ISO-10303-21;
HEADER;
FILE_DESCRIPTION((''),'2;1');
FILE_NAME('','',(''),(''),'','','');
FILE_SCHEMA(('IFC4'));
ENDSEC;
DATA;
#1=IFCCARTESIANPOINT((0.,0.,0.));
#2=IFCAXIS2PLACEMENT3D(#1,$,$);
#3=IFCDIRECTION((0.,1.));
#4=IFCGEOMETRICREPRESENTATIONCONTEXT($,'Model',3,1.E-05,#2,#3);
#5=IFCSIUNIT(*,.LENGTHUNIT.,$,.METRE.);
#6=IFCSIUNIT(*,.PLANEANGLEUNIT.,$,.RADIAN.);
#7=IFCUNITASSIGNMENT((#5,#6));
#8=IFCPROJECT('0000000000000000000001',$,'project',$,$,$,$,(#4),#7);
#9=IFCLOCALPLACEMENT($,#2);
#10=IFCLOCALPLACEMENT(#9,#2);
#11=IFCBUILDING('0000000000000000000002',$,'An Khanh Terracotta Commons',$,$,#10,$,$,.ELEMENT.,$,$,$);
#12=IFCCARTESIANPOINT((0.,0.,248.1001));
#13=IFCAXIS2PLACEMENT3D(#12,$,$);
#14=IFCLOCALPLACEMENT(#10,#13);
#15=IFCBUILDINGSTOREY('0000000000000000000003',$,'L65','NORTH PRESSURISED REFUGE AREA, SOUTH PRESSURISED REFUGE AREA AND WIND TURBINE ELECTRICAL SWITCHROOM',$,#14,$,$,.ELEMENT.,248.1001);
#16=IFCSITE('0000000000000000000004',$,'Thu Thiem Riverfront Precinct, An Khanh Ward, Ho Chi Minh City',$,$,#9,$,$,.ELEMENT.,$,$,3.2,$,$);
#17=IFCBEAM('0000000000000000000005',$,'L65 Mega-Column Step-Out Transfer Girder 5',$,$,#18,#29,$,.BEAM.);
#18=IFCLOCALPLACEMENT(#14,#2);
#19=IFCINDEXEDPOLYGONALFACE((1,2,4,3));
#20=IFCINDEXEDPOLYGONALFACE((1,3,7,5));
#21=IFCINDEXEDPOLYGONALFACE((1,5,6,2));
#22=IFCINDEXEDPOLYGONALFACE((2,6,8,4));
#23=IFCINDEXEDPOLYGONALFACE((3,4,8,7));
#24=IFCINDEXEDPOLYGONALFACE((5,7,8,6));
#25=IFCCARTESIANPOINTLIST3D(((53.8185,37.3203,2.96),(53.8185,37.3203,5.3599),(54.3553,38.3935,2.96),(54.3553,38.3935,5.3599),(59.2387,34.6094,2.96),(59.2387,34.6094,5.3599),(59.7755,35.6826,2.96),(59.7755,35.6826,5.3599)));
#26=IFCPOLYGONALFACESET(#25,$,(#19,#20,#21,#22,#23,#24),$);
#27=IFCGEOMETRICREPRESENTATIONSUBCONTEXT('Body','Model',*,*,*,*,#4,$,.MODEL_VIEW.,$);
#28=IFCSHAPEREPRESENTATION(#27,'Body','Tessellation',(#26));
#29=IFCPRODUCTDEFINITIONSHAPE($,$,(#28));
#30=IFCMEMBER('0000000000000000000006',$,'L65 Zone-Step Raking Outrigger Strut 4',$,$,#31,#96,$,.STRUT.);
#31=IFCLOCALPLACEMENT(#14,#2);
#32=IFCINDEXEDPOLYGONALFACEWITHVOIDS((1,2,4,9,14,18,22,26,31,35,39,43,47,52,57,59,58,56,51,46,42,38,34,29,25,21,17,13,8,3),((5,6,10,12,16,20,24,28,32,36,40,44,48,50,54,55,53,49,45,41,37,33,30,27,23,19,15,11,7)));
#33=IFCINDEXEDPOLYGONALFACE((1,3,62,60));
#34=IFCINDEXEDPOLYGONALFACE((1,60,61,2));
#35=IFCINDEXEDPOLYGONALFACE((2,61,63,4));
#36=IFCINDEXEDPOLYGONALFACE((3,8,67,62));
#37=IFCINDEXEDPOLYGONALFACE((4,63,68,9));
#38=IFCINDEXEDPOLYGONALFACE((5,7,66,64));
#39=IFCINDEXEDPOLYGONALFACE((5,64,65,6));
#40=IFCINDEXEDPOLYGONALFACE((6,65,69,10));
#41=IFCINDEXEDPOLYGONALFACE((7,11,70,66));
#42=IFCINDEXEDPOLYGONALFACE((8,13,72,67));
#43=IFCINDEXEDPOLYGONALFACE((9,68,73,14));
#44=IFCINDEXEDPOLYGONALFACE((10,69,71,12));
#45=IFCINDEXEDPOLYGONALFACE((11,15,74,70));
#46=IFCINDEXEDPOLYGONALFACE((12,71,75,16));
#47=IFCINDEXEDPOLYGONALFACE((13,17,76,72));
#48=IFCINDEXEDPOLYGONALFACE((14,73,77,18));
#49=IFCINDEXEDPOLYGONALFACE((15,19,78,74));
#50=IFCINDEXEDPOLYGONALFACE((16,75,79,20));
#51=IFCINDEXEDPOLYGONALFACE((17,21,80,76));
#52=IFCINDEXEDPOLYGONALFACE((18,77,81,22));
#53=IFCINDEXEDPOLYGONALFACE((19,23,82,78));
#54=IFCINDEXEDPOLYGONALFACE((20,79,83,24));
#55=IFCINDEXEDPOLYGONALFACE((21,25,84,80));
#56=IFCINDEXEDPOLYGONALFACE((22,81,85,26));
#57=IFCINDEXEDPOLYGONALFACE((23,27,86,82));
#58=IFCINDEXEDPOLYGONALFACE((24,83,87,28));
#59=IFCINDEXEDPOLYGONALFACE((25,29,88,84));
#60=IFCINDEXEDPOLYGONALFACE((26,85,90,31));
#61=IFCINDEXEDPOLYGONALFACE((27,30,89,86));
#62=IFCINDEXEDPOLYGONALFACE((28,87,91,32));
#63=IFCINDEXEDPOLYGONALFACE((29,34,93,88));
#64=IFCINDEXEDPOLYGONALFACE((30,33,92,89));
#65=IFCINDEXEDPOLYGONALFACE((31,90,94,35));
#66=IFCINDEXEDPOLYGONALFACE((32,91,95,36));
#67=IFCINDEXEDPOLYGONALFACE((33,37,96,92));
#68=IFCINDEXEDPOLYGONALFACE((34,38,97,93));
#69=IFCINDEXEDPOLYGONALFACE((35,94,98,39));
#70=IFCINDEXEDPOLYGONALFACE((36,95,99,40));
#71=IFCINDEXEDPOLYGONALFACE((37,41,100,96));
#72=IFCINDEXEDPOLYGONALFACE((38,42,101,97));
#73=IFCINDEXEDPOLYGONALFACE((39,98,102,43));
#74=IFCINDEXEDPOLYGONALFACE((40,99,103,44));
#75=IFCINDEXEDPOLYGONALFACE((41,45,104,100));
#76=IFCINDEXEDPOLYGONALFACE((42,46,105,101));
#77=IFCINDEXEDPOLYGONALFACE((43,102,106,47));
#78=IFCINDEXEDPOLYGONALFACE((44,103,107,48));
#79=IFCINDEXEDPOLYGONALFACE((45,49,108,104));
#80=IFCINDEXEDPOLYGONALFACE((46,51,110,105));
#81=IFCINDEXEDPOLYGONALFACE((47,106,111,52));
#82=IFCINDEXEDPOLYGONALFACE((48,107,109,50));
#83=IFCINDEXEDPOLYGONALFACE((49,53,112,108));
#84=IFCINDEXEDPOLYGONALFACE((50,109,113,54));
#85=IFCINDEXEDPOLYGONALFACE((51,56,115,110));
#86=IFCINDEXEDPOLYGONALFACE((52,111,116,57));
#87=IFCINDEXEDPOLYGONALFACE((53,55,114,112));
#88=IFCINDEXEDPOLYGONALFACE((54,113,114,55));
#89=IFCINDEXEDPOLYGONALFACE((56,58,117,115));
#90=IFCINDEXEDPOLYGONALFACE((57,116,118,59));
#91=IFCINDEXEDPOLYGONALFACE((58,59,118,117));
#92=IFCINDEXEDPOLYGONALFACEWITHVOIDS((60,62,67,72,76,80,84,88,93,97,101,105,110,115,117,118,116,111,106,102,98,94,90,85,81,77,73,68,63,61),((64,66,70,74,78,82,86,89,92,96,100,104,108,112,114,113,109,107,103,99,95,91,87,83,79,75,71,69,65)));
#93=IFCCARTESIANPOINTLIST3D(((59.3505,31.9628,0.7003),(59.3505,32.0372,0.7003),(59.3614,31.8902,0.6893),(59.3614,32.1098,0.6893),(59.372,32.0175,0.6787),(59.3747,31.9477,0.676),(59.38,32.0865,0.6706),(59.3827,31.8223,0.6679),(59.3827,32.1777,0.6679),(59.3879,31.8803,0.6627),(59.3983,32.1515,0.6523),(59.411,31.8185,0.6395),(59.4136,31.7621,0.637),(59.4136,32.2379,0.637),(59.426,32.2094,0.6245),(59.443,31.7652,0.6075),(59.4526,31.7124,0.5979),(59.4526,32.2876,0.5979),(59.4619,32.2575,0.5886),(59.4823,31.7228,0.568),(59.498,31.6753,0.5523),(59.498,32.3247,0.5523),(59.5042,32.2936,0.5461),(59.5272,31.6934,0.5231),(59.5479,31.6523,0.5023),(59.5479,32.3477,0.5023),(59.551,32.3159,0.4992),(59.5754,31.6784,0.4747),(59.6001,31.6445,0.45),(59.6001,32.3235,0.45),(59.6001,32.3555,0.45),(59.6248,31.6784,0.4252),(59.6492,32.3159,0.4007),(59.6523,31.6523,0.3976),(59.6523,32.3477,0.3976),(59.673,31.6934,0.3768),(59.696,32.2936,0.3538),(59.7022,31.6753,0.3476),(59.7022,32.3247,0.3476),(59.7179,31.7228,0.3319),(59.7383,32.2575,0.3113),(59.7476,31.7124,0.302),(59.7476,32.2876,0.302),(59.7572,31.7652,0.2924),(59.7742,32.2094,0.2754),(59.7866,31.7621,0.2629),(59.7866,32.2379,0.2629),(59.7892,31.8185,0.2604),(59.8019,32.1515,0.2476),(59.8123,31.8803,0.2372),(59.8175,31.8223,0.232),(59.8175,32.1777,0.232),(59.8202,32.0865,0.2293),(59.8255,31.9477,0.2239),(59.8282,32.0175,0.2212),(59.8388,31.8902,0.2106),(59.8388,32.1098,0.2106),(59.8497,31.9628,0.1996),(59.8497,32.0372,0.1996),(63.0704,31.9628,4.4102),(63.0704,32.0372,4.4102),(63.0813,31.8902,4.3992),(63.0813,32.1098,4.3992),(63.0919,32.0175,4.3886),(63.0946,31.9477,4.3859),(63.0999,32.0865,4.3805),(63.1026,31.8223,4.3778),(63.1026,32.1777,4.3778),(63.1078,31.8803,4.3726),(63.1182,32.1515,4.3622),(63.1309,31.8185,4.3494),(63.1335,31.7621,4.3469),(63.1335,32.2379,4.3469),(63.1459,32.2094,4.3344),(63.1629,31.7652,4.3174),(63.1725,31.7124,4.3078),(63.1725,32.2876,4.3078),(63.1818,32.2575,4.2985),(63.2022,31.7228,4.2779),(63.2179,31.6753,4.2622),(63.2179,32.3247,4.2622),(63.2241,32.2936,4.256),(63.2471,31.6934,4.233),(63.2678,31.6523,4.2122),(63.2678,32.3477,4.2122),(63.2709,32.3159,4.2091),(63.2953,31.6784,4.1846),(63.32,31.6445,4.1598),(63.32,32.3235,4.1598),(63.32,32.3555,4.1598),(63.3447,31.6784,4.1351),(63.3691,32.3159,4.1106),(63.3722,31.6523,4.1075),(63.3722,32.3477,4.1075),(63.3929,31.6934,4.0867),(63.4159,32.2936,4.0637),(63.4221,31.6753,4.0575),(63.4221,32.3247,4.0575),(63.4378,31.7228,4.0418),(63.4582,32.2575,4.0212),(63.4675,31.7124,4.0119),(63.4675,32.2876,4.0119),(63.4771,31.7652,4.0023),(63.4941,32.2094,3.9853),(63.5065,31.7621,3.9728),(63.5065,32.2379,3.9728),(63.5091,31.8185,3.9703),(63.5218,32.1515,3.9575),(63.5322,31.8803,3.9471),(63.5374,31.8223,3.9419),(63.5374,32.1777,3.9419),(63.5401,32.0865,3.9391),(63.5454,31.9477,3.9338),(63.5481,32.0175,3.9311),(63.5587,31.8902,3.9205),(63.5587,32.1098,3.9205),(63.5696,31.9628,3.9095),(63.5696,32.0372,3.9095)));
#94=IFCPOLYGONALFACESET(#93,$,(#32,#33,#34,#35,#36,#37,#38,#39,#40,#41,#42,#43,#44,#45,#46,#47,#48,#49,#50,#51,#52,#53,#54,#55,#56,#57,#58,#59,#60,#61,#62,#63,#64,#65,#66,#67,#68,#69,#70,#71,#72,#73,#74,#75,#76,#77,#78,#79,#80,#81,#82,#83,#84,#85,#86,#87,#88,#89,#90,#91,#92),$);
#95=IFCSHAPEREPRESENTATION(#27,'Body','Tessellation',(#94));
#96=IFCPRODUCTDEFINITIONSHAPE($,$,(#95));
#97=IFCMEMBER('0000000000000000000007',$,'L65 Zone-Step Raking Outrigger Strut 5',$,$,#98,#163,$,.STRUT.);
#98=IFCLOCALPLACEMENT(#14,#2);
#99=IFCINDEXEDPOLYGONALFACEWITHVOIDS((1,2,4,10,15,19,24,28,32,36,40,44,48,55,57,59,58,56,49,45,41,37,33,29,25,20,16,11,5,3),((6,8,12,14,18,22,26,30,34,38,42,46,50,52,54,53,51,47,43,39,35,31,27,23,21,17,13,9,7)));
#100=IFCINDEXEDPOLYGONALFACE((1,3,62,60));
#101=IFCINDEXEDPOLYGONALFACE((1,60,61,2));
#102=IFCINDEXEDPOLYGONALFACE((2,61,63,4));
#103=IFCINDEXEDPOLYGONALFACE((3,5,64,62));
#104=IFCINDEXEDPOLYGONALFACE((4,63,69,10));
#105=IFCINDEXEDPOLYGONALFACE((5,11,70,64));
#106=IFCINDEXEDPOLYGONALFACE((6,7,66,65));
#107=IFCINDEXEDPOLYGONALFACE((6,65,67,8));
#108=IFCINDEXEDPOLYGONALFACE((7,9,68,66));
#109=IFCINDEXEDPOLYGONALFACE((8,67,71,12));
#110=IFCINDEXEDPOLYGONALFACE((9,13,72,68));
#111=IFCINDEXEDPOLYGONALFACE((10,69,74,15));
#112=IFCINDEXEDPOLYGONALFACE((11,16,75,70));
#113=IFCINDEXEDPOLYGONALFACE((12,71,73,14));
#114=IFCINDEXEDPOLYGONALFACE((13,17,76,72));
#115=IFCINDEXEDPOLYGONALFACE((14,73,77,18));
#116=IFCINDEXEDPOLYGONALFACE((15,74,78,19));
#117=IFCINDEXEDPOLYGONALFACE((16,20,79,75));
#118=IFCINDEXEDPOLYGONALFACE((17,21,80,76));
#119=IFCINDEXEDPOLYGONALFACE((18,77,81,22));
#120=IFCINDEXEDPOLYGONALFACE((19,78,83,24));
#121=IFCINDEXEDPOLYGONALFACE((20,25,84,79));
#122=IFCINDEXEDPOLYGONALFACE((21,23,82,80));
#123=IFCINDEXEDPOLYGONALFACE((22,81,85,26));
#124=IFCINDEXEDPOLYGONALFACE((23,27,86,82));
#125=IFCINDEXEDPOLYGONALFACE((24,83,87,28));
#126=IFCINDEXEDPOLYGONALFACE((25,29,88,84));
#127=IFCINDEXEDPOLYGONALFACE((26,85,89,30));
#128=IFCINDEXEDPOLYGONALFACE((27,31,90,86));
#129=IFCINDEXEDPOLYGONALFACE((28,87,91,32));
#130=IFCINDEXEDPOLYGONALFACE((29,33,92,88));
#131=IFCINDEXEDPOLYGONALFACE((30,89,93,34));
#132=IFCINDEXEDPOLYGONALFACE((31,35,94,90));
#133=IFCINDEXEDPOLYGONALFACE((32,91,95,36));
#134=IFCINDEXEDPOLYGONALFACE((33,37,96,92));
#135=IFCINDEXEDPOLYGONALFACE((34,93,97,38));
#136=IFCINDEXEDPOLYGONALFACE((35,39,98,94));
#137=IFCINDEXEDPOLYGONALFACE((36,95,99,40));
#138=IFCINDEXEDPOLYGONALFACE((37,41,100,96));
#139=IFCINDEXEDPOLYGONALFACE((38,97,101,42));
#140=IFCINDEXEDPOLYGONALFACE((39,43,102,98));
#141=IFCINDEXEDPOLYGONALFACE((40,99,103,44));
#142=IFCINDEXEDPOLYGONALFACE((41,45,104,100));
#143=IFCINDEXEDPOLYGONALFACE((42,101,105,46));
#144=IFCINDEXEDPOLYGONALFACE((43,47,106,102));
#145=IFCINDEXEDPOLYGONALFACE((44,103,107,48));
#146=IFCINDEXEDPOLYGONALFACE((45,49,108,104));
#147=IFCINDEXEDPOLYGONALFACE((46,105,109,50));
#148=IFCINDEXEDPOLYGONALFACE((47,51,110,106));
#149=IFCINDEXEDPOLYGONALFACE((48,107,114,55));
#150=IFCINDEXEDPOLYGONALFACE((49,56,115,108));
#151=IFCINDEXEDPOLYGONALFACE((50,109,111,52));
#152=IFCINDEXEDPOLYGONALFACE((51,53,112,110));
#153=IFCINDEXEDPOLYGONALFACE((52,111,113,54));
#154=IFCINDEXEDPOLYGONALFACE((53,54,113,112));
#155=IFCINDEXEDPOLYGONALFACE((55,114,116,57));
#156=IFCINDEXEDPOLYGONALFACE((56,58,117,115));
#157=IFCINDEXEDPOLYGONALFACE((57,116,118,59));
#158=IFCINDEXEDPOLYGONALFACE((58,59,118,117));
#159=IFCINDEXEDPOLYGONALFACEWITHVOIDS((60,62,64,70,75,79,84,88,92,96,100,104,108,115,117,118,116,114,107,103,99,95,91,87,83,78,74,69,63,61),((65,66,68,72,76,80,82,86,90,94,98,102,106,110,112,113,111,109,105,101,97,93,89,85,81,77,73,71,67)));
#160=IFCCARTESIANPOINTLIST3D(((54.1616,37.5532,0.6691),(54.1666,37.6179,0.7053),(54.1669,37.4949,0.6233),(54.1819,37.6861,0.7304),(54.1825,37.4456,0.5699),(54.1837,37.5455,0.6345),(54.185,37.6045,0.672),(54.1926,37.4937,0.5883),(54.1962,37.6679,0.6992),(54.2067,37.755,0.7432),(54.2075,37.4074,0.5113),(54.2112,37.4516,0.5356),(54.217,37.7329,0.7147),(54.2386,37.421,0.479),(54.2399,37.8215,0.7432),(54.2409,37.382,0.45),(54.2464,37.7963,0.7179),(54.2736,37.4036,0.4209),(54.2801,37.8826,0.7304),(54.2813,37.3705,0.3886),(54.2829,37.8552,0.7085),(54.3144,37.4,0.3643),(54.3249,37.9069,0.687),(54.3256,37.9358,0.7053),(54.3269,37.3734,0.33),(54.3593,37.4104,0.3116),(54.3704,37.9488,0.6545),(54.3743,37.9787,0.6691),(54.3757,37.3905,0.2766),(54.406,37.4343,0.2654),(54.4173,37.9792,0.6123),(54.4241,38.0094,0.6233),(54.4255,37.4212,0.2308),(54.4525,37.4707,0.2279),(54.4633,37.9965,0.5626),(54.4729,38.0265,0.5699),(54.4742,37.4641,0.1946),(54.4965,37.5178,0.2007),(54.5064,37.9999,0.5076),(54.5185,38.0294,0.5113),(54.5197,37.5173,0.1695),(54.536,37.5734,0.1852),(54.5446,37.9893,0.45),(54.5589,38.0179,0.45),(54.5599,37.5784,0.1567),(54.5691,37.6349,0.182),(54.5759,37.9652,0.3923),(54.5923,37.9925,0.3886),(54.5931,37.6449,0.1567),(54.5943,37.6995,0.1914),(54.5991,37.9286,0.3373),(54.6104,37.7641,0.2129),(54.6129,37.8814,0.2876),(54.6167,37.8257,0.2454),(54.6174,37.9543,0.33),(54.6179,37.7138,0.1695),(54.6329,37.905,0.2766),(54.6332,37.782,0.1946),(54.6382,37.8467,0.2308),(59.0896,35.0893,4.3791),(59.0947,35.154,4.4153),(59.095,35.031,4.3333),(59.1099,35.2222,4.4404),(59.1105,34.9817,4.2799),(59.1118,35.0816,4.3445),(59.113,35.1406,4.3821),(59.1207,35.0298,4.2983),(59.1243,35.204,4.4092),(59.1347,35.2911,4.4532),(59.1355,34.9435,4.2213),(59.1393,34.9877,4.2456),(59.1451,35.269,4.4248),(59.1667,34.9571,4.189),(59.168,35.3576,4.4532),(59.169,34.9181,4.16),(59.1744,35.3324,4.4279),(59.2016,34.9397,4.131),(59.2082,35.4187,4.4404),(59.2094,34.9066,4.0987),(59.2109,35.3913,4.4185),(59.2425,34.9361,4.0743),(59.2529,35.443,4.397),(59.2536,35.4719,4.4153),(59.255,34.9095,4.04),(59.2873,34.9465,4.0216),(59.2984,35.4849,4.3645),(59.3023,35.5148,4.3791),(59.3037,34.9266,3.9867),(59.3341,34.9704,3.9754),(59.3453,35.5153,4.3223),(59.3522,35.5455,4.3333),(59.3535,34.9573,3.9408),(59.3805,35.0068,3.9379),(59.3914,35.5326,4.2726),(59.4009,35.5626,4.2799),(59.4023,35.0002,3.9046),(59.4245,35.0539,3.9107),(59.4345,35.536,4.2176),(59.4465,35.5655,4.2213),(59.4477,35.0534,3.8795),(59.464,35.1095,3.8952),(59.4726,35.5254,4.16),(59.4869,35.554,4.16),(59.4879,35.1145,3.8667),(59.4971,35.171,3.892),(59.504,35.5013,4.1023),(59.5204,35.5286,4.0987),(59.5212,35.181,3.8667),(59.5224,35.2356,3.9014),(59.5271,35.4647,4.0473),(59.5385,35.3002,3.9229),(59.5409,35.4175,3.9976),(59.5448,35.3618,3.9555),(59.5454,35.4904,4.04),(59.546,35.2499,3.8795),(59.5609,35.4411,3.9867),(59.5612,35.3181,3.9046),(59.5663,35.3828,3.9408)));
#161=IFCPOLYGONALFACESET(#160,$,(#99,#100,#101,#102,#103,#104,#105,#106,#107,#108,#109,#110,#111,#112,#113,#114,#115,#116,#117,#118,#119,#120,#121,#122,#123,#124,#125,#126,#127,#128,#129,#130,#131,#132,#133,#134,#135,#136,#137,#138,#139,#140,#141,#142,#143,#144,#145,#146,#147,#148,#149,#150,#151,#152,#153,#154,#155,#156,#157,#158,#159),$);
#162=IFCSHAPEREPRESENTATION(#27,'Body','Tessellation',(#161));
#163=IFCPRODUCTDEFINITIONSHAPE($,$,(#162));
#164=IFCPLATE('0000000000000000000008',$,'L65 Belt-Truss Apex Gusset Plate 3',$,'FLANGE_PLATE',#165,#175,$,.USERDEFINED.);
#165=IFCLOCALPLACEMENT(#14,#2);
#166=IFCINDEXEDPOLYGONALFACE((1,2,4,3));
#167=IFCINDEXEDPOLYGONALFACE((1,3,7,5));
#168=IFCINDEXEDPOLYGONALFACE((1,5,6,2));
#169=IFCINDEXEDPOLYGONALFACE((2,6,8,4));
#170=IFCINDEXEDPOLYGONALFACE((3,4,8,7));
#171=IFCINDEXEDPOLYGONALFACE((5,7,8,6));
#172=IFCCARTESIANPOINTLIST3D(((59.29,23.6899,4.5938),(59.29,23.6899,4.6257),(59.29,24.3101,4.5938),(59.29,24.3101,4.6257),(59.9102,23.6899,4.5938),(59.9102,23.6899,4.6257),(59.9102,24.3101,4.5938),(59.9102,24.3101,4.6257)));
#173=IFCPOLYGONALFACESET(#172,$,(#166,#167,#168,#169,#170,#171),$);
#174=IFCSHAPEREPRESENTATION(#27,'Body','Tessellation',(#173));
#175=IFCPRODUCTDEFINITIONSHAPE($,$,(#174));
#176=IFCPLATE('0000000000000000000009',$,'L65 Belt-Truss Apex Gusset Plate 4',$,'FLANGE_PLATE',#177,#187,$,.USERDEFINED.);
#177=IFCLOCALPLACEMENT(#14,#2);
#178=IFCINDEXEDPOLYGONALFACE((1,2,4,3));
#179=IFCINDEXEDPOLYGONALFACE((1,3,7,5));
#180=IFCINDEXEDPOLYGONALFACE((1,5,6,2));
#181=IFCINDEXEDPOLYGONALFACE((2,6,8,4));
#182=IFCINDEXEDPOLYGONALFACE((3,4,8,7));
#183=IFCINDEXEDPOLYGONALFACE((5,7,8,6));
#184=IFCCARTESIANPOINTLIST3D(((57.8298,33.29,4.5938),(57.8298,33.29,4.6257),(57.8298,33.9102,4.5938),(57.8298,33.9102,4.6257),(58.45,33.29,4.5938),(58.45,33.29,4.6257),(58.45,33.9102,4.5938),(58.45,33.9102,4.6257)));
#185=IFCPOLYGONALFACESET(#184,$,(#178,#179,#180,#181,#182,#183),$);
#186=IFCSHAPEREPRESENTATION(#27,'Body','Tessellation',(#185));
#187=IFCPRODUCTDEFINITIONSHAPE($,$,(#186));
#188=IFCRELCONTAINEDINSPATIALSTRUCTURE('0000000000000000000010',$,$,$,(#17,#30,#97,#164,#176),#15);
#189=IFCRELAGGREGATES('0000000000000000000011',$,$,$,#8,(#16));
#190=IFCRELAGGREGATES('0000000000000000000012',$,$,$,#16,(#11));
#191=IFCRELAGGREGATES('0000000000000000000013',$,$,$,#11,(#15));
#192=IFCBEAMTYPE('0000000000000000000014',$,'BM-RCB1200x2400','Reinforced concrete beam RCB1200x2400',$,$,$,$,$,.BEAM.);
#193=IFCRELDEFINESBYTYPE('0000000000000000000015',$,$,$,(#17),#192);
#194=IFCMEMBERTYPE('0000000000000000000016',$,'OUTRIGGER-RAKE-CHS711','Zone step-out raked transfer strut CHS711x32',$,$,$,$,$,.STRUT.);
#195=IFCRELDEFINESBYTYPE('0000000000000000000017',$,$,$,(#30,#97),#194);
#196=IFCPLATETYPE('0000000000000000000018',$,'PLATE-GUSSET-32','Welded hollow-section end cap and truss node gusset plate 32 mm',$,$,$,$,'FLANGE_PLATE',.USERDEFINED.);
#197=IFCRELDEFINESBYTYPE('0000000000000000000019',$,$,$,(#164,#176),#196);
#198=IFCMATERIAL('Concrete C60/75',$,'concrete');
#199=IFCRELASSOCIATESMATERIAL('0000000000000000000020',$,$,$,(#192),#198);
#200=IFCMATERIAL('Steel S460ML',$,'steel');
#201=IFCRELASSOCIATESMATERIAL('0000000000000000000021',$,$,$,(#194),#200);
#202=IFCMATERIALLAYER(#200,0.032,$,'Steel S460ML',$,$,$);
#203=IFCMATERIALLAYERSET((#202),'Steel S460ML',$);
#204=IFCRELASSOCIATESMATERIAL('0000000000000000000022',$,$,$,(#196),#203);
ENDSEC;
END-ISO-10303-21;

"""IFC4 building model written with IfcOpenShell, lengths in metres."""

from ifc_helpers import new_model, si_unit, direction, frame, origin, origin_2d, place, context, subcontext, project, spatial, rectangle, hollow_circle, extrude, material, layer, layer_set, material_profile, profile_set, type_object, element, save


model = new_model("IFC4")

# Units and contexts
model_context = context("Model", 3, precision=1e-05, world=origin(), true_north=direction((0.0, 1.0)))
body_context = subcontext(model_context, "Body", "Model", "MODEL_VIEW")
ifc_project = project(units=[si_unit("LENGTHUNIT", "METRE"), si_unit("PLANEANGLEUNIT", "RADIAN")], contexts=[model_context])

# Site, building, storey
site_placement = place(None, origin())
site = spatial("IfcSite", under=ifc_project, at=site_placement, Name="Thu Thiem Riverfront Precinct, An Khanh Ward, Ho Chi Minh City", CompositionType="ELEMENT", RefElevation=3.2)
building_placement = place(site_placement, origin())
building = spatial("IfcBuilding", under=site, at=building_placement, Name="An Khanh Terracotta Commons", CompositionType="ELEMENT")
storey_placement = place(building_placement, frame((0.0, 0.0, 248.1001)))
storey = spatial("IfcBuildingStorey", under=building, at=storey_placement, Name="L65", Description="NORTH PRESSURISED REFUGE AREA, SOUTH PRESSURISED REFUGE AREA AND WIND TURBINE ELECTRICAL SWITCHROOM", CompositionType="ELEMENT", Elevation=248.1001)

# Shared definitions
ifc_material_1 = material(Name="Concrete C60/75", Category="concrete")

# Shared definitions
ifc_material_2 = material(Name="Steel S460ML", Category="steel")

# Beam
ifc_material_profile_1 = material_profile(ifc_material_1, rectangle(XDim=1.2, YDim=2.3999, at=origin_2d()), Name="RCB1200x2400")
ifc_profile_set_1 = profile_set([ifc_material_profile_1], Name="Concrete C60/75")
beam_type_1 = type_object("IfcBeamType", Name="BM-RCB1200x2400", Description="Reinforced concrete beam RCB1200x2400", PredefinedType="BEAM", material=ifc_profile_set_1)
beam_1_placement = place(storey_placement, frame((54.0869, 37.8569, 4.1599), z_axis=(0.894371, -0.447326, 0.0), x_axis=(0.447326, 0.894371, 0.0)))
element("IfcBeam", 1, at=beam_1_placement, inside=storey, type_object=beam_type_1, Name="L65 Mega-Column Step-Out Transfer Girder 5", PredefinedType="BEAM", context=body_context, shape_type="SweptSolid", body=[
    extrude(rectangle(XDim=1.2, YDim=2.3999, at=origin_2d()), origin(), (0.0, 0.0, 1.0), 6.0603),
])

# Members
ifc_material_profile_2 = material_profile(ifc_material_2, hollow_circle(Radius=0.3555, WallThickness=0.032, at=origin_2d()), Name="CHS711x32")
ifc_profile_set_2 = profile_set([ifc_material_profile_2], Name="Steel S460ML")
member_type_1 = type_object("IfcMemberType", Name="OUTRIGGER-RAKE-CHS711", Description="Zone step-out raked transfer strut CHS711x32", PredefinedType="STRUT", material=ifc_profile_set_2)
member_1_placement = place(storey_placement, frame((59.6001, 32.0, 0.45), z_axis=(0.708059, 0.0, 0.706154), x_axis=(0.0, 1.0, 0.0)))
element("IfcMember", 2, at=member_1_placement, inside=storey, type_object=member_type_1, Name="L65 Zone-Step Raking Outrigger Strut 4", PredefinedType="STRUT", context=body_context, shape_type="SweptSolid", body=[
    extrude(hollow_circle(Radius=0.3555, WallThickness=0.032, at=origin_2d()), origin(), (0.0, 0.0, 1.0), 5.2537),
])
member_2_placement = place(storey_placement, frame((54.3999, 37.7, 0.45), z_axis=(0.741915, -0.370939, 0.55854), x_axis=(0.447196, 0.894436, 0.0)))
element("IfcMember", 3, at=member_2_placement, inside=storey, type_object=member_type_1, Name="L65 Zone-Step Raking Outrigger Strut 5", PredefinedType="STRUT", context=body_context, shape_type="SweptSolid", body=[
    extrude(hollow_circle(Radius=0.3555, WallThickness=0.032, at=origin_2d()), origin(), (0.0, 0.0, 1.0), 6.6423),
])

# Plates
ifc_layer_1 = layer(ifc_material_2, 0.032, Name="Steel S460ML")
ifc_layer_set_1 = layer_set([ifc_layer_1], Name="Steel S460ML")
plate_type_1 = type_object("IfcPlateType", Name="PLATE-GUSSET-32", Description="Welded hollow-section end cap and truss node gusset plate 32 mm", ElementType="FLANGE_PLATE", PredefinedType="USERDEFINED", material=ifc_layer_set_1)
for number, where, z_axis, x_axis, name in (
    (4, (59.6001, 24.0, 4.5938), (0.0, 0.0, 1.0), (1.0, 0.0, 0.0), "L65 Belt-Truss Apex Gusset Plate 3"),
    (5, (58.1399, 33.6001, 4.5938), (0.0, 0.0, 1.0), (1.0, 0.0, 0.0), "L65 Belt-Truss Apex Gusset Plate 4"),
):
    element("IfcPlate", number, at=place(storey_placement, frame(where, z_axis=z_axis, x_axis=x_axis)), inside=storey, type_object=plate_type_1, Name=name, ObjectType="FLANGE_PLATE", PredefinedType="USERDEFINED", context=body_context, shape_type="SweptSolid", body=[
        extrude(rectangle(XDim=0.6201, YDim=0.6201, at=origin_2d()), origin(), (0.0, 0.0, 1.0), 0.032),
    ])

save(model, "model.ifc")
